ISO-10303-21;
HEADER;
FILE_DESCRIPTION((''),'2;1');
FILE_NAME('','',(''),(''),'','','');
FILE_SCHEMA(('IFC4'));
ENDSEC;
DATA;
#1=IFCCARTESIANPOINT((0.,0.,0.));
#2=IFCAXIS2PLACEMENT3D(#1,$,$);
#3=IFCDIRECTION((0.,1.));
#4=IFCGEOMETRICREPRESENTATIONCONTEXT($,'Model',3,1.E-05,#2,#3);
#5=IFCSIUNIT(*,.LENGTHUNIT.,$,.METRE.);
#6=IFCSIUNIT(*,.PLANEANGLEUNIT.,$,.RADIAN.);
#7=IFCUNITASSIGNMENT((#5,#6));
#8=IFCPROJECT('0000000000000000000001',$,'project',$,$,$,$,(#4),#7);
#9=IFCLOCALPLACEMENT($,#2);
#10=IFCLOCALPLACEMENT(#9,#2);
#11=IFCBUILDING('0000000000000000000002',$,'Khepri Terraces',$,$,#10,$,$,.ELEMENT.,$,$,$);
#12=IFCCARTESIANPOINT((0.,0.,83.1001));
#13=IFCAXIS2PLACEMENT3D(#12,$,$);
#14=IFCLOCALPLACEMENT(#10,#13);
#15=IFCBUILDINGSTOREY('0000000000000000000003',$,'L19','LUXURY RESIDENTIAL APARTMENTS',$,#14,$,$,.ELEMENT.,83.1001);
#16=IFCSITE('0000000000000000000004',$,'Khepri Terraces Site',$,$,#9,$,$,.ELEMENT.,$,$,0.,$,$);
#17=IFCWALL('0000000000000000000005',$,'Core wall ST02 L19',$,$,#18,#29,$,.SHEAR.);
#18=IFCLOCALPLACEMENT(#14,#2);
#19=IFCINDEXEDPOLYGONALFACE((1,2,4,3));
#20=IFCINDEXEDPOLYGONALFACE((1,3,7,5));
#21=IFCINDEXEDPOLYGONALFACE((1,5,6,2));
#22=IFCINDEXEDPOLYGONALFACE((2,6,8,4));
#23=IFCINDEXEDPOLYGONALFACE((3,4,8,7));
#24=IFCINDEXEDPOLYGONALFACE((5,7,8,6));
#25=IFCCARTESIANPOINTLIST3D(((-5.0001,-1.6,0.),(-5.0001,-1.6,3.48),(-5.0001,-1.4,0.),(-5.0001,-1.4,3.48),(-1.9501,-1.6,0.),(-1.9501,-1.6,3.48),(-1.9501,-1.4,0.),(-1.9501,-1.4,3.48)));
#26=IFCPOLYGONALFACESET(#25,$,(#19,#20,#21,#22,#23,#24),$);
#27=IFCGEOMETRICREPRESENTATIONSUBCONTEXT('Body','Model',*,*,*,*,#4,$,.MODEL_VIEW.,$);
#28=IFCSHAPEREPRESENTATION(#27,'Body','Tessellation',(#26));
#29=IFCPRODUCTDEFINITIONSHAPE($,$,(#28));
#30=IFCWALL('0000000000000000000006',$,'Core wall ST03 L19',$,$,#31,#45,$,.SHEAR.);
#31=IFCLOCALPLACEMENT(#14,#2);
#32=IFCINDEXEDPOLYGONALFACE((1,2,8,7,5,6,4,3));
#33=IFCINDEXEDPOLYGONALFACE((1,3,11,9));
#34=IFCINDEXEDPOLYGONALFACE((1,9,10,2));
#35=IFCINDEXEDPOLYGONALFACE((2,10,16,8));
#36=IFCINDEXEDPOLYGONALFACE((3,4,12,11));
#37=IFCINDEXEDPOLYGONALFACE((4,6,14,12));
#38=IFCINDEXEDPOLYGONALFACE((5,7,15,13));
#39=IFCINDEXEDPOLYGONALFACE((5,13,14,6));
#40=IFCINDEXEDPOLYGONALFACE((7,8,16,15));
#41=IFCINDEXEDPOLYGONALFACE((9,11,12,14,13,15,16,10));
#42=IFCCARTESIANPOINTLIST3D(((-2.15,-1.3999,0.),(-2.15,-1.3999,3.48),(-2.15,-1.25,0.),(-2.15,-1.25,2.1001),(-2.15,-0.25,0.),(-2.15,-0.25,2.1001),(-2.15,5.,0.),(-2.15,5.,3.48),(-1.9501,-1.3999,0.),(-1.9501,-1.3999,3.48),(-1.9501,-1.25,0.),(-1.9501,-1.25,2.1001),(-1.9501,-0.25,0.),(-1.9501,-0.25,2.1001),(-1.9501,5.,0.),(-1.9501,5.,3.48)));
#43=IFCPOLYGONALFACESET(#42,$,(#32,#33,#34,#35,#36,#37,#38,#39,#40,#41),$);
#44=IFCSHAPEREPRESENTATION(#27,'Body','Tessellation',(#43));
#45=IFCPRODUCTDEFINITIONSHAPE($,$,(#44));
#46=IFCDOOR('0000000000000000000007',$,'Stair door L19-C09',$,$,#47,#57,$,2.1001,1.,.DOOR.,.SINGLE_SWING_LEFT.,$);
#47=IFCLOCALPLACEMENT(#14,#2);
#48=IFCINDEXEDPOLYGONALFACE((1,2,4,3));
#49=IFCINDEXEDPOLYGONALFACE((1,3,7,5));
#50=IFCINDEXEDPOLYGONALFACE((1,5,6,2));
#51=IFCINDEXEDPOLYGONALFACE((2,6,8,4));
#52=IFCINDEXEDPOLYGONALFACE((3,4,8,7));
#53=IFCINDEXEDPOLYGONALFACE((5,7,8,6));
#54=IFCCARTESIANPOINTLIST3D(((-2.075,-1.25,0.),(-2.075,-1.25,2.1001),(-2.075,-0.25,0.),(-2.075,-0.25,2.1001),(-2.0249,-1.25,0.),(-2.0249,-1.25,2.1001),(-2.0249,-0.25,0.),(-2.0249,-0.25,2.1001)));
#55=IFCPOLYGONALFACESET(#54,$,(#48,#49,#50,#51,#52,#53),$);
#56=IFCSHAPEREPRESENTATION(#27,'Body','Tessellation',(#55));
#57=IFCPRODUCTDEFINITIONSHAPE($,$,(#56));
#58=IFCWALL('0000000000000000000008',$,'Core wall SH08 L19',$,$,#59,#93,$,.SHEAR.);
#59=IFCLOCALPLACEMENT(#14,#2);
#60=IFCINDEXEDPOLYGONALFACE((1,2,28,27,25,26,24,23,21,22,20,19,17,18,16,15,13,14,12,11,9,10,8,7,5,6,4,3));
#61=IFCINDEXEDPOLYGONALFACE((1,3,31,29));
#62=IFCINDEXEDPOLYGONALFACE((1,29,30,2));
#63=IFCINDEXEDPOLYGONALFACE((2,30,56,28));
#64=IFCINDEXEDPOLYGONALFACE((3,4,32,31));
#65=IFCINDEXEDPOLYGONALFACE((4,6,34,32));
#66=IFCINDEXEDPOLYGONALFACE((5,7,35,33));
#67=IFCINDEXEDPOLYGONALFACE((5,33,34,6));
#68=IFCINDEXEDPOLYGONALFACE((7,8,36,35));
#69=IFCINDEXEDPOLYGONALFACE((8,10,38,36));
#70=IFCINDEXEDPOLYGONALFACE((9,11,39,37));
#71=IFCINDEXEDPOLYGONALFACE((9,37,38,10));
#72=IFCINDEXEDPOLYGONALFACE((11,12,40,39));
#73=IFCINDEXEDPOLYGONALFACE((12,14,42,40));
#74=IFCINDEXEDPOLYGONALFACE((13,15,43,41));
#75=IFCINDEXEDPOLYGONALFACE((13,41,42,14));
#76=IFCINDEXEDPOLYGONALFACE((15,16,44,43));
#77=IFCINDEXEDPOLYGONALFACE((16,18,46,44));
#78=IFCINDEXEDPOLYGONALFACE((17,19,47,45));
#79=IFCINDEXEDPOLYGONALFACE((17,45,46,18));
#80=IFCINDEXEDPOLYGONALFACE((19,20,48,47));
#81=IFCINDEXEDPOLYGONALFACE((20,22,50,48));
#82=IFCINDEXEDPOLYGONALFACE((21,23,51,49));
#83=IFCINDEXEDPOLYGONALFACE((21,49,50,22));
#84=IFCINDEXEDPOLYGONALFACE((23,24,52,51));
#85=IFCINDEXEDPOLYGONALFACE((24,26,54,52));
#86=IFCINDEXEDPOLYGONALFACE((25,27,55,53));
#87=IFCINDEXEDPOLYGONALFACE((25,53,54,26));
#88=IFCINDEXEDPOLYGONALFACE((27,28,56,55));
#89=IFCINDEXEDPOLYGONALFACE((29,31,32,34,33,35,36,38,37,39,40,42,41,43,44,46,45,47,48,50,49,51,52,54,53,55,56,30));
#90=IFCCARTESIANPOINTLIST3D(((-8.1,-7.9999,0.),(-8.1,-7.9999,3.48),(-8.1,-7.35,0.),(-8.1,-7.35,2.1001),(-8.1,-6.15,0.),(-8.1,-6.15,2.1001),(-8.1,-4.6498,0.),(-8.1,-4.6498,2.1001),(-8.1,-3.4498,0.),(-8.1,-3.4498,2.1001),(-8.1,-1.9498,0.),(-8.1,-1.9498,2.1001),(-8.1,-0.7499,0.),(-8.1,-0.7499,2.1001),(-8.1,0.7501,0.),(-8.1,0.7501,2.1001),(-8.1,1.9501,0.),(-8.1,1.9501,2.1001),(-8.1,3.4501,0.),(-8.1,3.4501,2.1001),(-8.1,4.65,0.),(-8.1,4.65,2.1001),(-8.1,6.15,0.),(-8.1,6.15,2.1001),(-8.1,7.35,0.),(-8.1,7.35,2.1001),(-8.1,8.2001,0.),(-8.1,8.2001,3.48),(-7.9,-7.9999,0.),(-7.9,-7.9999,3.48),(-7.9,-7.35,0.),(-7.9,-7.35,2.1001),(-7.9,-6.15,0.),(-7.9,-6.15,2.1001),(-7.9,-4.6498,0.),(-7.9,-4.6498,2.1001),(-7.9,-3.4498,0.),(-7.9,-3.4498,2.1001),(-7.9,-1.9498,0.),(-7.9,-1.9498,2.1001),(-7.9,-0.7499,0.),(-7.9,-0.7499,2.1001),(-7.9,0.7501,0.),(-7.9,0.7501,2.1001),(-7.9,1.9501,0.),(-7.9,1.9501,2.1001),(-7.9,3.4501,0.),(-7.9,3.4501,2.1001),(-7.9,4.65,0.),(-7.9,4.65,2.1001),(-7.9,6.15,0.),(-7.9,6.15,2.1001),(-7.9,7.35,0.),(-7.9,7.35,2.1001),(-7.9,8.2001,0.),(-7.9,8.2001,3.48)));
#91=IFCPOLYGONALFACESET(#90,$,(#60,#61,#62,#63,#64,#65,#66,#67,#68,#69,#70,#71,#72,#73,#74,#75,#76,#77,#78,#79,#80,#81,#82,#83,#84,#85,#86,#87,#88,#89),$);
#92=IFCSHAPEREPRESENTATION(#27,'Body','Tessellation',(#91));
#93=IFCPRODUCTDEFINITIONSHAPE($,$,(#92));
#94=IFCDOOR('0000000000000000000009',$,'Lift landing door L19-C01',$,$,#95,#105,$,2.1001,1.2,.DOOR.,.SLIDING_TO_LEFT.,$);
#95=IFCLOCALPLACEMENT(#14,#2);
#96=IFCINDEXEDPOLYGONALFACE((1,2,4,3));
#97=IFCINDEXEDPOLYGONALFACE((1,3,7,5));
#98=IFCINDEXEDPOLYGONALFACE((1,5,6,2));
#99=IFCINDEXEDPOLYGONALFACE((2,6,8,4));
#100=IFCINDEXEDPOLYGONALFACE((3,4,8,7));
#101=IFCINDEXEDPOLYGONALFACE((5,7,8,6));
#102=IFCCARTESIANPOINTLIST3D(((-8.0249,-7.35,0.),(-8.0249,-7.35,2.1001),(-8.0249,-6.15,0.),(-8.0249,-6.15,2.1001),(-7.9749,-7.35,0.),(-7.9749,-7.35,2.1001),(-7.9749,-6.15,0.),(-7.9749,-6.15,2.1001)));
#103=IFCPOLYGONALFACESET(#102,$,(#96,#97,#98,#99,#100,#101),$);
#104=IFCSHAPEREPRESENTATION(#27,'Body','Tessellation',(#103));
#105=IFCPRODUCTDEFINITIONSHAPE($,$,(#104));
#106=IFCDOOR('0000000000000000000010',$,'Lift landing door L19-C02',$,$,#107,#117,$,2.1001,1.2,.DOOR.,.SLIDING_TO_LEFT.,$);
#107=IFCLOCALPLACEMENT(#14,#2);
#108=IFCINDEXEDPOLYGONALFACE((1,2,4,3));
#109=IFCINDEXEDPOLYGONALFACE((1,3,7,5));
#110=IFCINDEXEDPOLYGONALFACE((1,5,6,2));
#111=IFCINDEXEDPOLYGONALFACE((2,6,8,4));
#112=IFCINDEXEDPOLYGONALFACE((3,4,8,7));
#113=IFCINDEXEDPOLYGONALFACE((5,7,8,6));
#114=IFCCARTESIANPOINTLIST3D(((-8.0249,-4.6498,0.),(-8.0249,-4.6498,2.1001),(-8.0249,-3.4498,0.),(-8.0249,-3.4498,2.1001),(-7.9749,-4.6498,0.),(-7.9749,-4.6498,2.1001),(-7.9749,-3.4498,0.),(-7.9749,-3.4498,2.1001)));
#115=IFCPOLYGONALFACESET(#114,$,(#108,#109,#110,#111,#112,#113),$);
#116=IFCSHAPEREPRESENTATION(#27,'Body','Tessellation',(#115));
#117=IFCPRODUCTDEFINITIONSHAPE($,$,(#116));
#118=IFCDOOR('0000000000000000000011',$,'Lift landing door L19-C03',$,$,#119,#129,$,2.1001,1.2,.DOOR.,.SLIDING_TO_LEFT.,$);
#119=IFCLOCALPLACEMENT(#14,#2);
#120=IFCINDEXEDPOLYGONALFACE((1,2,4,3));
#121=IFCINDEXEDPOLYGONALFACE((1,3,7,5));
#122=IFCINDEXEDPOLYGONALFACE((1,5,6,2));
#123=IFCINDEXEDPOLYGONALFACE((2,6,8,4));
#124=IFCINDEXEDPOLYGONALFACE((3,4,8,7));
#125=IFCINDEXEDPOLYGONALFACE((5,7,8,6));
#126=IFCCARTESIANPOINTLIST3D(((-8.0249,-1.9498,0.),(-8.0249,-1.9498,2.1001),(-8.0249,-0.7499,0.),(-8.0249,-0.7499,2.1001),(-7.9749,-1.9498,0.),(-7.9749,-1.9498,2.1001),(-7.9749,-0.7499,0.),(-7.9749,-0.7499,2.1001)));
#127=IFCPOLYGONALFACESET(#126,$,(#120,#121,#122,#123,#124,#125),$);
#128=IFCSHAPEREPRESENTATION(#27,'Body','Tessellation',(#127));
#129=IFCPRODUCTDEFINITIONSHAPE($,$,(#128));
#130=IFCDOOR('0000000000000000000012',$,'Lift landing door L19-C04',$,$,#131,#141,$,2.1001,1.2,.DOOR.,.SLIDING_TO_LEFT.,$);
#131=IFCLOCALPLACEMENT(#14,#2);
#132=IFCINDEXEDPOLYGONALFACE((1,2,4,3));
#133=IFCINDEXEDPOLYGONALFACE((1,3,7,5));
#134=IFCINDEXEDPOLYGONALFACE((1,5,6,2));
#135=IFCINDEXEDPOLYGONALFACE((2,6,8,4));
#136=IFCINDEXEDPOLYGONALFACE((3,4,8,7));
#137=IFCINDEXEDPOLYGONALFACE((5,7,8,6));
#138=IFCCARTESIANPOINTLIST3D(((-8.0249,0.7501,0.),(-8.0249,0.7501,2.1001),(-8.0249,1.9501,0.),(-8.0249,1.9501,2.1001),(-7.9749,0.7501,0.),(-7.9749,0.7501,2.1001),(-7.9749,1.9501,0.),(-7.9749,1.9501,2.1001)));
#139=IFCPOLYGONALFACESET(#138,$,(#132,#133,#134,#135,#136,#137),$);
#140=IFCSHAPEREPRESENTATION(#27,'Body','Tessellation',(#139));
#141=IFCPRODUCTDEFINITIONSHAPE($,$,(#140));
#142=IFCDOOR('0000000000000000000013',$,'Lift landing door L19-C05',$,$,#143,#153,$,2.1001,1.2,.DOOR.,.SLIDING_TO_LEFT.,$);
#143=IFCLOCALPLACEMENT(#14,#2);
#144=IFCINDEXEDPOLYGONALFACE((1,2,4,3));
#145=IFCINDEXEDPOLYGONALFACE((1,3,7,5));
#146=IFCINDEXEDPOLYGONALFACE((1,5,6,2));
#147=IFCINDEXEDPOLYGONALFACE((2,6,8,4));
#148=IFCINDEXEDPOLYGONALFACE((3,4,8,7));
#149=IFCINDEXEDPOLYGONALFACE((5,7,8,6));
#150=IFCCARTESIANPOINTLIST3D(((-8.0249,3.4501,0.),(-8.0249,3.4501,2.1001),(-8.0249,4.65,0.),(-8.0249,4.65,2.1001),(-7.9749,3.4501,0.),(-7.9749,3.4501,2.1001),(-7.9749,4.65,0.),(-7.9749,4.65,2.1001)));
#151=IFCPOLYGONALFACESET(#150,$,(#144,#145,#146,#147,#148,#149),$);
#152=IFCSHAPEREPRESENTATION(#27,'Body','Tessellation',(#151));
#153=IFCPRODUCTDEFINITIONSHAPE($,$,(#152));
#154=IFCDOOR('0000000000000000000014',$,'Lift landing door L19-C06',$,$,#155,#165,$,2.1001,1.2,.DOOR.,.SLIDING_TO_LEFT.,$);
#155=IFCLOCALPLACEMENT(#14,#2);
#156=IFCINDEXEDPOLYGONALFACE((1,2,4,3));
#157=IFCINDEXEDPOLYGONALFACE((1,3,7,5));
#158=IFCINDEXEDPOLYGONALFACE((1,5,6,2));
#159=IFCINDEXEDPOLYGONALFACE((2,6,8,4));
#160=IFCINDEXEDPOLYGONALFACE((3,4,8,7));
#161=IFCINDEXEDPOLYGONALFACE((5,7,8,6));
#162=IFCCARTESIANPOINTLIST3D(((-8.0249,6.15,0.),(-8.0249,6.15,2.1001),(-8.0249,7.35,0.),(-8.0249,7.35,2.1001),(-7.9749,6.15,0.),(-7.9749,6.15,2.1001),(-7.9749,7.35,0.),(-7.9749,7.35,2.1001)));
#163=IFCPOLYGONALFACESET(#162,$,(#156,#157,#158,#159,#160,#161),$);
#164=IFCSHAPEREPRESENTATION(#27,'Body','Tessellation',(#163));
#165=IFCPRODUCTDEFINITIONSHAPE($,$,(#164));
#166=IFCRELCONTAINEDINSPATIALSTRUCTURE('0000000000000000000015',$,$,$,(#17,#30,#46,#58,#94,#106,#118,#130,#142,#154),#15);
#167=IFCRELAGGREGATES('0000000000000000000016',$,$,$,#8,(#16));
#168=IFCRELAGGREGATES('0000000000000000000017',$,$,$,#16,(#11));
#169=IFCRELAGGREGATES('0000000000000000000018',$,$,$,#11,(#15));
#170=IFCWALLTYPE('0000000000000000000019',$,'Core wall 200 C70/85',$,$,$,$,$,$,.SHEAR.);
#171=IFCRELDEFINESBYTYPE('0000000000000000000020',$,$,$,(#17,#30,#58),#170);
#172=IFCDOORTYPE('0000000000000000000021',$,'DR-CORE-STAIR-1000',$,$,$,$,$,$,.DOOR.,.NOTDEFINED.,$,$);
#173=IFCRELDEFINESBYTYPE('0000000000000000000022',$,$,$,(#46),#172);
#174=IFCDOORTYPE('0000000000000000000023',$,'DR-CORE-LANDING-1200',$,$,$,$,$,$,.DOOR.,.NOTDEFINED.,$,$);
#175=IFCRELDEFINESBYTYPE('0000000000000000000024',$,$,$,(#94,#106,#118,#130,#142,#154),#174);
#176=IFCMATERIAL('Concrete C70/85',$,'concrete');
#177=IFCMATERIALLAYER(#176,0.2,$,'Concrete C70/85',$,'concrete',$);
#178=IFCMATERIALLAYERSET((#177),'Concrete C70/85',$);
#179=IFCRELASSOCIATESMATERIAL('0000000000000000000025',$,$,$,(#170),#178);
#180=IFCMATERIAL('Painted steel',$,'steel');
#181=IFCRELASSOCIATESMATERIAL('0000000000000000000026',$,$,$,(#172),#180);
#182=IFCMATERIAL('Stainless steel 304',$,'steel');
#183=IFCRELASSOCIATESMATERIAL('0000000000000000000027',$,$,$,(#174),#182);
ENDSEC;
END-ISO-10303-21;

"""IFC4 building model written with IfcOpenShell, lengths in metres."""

from ifc_helpers import new_model, si_unit, direction, frame, frame_2d, origin, place, context, subcontext, project, spatial, rectangle, extrude, material, layer, layer_set, type_object, element, fill, save


model = new_model("IFC4")

# Units and contexts
model_context = context("Model", 3, precision=1e-05, world=origin(), true_north=direction((0.0, 1.0)))
body_context = subcontext(model_context, "Body", "Model", "MODEL_VIEW")
ifc_project = project(units=[si_unit("LENGTHUNIT", "METRE"), si_unit("PLANEANGLEUNIT", "RADIAN")], contexts=[model_context])

# Site, building, storey
site_placement = place(None, origin())
site = spatial("IfcSite", under=ifc_project, at=site_placement, Name="Khepri Terraces Site", CompositionType="ELEMENT", RefElevation=0.0)
building_placement = place(site_placement, origin())
building = spatial("IfcBuilding", under=site, at=building_placement, Name="Khepri Terraces", CompositionType="ELEMENT")
storey_placement = place(building_placement, frame((0.0, 0.0, 83.1001)))
storey = spatial("IfcBuildingStorey", under=building, at=storey_placement, Name="L19", Description="LUXURY RESIDENTIAL APARTMENTS", CompositionType="ELEMENT", Elevation=83.1001)

# Wall
ifc_material_1 = material(Name="Concrete C70/85", Category="concrete")
ifc_layer_1 = layer(ifc_material_1, 0.2, Name="Concrete C70/85", Category="concrete")
ifc_layer_set_1 = layer_set([ifc_layer_1], Name="Concrete C70/85")
wall_type_1 = type_object("IfcWallType", Name="Core wall 200 C70/85", PredefinedType="SHEAR", material=ifc_layer_set_1)
wall_1_placement = place(storey_placement, frame((-5.0, -1.5, 0.0), z_axis=(0.0, 0.0, 1.0), x_axis=(1.0, 0.0, 0.0)))
element("IfcWall", 1, at=wall_1_placement, inside=storey, type_object=wall_type_1, Name="Core wall ST02 L19", PredefinedType="SHEAR", context=body_context, shape_type="SweptSolid", body=[
    extrude(rectangle(XDim=3.05, YDim=0.2, at=frame_2d((1.5249, 0.0))), origin(), (0.0, 0.0, 1.0), 3.48),
])

# Wall, opening, door
wall_2_placement = place(storey_placement, frame((-2.05, -1.3999, 0.0), z_axis=(0.0, 0.0, 1.0), x_axis=(0.0, 1.0, 0.0)))
wall_2 = element("IfcWall", 2, at=wall_2_placement, inside=storey, type_object=wall_type_1, Name="Core wall ST03 L19", PredefinedType="SHEAR", context=body_context, shape_type="SweptSolid", body=[
    extrude(rectangle(XDim=6.3999, YDim=0.2, at=frame_2d((3.2, 0.0))), origin(), (0.0, 0.0, 1.0), 3.48),
])
opening_1_placement = place(wall_2_placement, frame((0.1499, 0.0, 0.0)))
opening_1 = element("IfcOpeningElement", 3, at=opening_1_placement, cuts=wall_2, PredefinedType="OPENING", context=body_context, shape_type="SweptSolid", body=[
    extrude(rectangle(XDim=1.0, YDim=2.1001, at=frame_2d((0.5, 1.05))), frame((0.0, 0.1099, 0.0), z_axis=(0.0, -1.0, 0.0), x_axis=(1.0, 0.0, 0.0)), (0.0, 0.0, 1.0), 0.22),
])
ifc_material_2 = material(Name="Painted steel", Category="steel")
door_type_1 = type_object("IfcDoorType", Name="DR-CORE-STAIR-1000", OperationType="NOTDEFINED", PredefinedType="DOOR", material=ifc_material_2)
door_1_placement = place(opening_1_placement, origin())
door_1 = element("IfcDoor", 4, at=door_1_placement, inside=storey, type_object=door_type_1, Name="Stair door L19-C09", OperationType="SINGLE_SWING_LEFT", OverallHeight=2.1001, OverallWidth=1.0, PredefinedType="DOOR", context=body_context, shape_type="SweptSolid", body=[
    extrude(rectangle(XDim=1.0, YDim=2.1001, at=frame_2d((0.5, 1.05))), frame((0.0, 0.0249, 0.0), z_axis=(0.0, -1.0, 0.0), x_axis=(1.0, 0.0, 0.0)), (0.0, 0.0, 1.0), 0.05),
])
fill(opening_1, door_1)

# Wall, openings, doors
wall_3_placement = place(storey_placement, frame((-8.0, -8.0, 0.0), z_axis=(0.0, 0.0, 1.0), x_axis=(0.0, 1.0, 0.0)))
wall_3 = element("IfcWall", 5, at=wall_3_placement, inside=storey, type_object=wall_type_1, Name="Core wall SH08 L19", PredefinedType="SHEAR", context=body_context, shape_type="SweptSolid", body=[
    extrude(rectangle(XDim=16.2, YDim=0.2, at=frame_2d((8.1001, 0.0))), origin(), (0.0, 0.0, 1.0), 3.48),
])
opening_2_placement = place(wall_3_placement, frame((0.6499, 0.0, 0.0)))
opening_2 = element("IfcOpeningElement", 6, at=opening_2_placement, cuts=wall_3, PredefinedType="OPENING", context=body_context, shape_type="SweptSolid", body=[
    extrude(rectangle(XDim=1.2, YDim=2.1001, at=frame_2d((0.6001, 1.05))), frame((0.0, 0.1099, 0.0), z_axis=(0.0, -1.0, 0.0), x_axis=(1.0, 0.0, 0.0)), (0.0, 0.0, 1.0), 0.22),
])
opening_3_placement = place(wall_3_placement, frame((3.3501, 0.0, 0.0)))
opening_3 = element("IfcOpeningElement", 7, at=opening_3_placement, cuts=wall_3, PredefinedType="OPENING", context=body_context, shape_type="SweptSolid", body=[
    extrude(rectangle(XDim=1.2, YDim=2.1001, at=frame_2d((0.6001, 1.05))), frame((0.0, 0.1099, 0.0), z_axis=(0.0, -1.0, 0.0), x_axis=(1.0, 0.0, 0.0)), (0.0, 0.0, 1.0), 0.22),
])
opening_4_placement = place(wall_3_placement, frame((6.05, 0.0, 0.0)))
opening_4 = element("IfcOpeningElement", 8, at=opening_4_placement, cuts=wall_3, PredefinedType="OPENING", context=body_context, shape_type="SweptSolid", body=[
    extrude(rectangle(XDim=1.2, YDim=2.1001, at=frame_2d((0.6001, 1.05))), frame((0.0, 0.1099, 0.0), z_axis=(0.0, -1.0, 0.0), x_axis=(1.0, 0.0, 0.0)), (0.0, 0.0, 1.0), 0.22),
])
opening_5_placement = place(wall_3_placement, frame((8.75, 0.0, 0.0)))
opening_5 = element("IfcOpeningElement", 9, at=opening_5_placement, cuts=wall_3, PredefinedType="OPENING", context=body_context, shape_type="SweptSolid", body=[
    extrude(rectangle(XDim=1.2, YDim=2.1001, at=frame_2d((0.6001, 1.05))), frame((0.0, 0.1099, 0.0), z_axis=(0.0, -1.0, 0.0), x_axis=(1.0, 0.0, 0.0)), (0.0, 0.0, 1.0), 0.22),
])
opening_6_placement = place(wall_3_placement, frame((11.45, 0.0, 0.0)))
opening_6 = element("IfcOpeningElement", 10, at=opening_6_placement, cuts=wall_3, PredefinedType="OPENING", context=body_context, shape_type="SweptSolid", body=[
    extrude(rectangle(XDim=1.2, YDim=2.1001, at=frame_2d((0.6001, 1.05))), frame((0.0, 0.1099, 0.0), z_axis=(0.0, -1.0, 0.0), x_axis=(1.0, 0.0, 0.0)), (0.0, 0.0, 1.0), 0.22),
])
opening_7_placement = place(wall_3_placement, frame((14.1499, 0.0, 0.0)))
opening_7 = element("IfcOpeningElement", 11, at=opening_7_placement, cuts=wall_3, PredefinedType="OPENING", context=body_context, shape_type="SweptSolid", body=[
    extrude(rectangle(XDim=1.2, YDim=2.1001, at=frame_2d((0.6001, 1.05))), frame((0.0, 0.1099, 0.0), z_axis=(0.0, -1.0, 0.0), x_axis=(1.0, 0.0, 0.0)), (0.0, 0.0, 1.0), 0.22),
])
ifc_material_3 = material(Name="Stainless steel 304", Category="steel")
door_type_2 = type_object("IfcDoorType", Name="DR-CORE-LANDING-1200", OperationType="NOTDEFINED", PredefinedType="DOOR", material=ifc_material_3)
door_2_placement = place(opening_2_placement, origin())
door_2 = element("IfcDoor", 12, at=door_2_placement, inside=storey, type_object=door_type_2, Name="Lift landing door L19-C01", OperationType="SLIDING_TO_LEFT", OverallHeight=2.1001, OverallWidth=1.2, PredefinedType="DOOR", context=body_context, shape_type="SweptSolid", body=[
    extrude(rectangle(XDim=1.2, YDim=2.1001, at=frame_2d((0.6001, 1.05))), frame((0.0, 0.0249, 0.0), z_axis=(0.0, -1.0, 0.0), x_axis=(1.0, 0.0, 0.0)), (0.0, 0.0, 1.0), 0.05),
])
fill(opening_2, door_2)
door_3_placement = place(opening_3_placement, origin())
door_3 = element("IfcDoor", 13, at=door_3_placement, inside=storey, type_object=door_type_2, Name="Lift landing door L19-C02", OperationType="SLIDING_TO_LEFT", OverallHeight=2.1001, OverallWidth=1.2, PredefinedType="DOOR", context=body_context, shape_type="SweptSolid", body=[
    extrude(rectangle(XDim=1.2, YDim=2.1001, at=frame_2d((0.6001, 1.05))), frame((0.0, 0.0249, 0.0), z_axis=(0.0, -1.0, 0.0), x_axis=(1.0, 0.0, 0.0)), (0.0, 0.0, 1.0), 0.05),
])
fill(opening_3, door_3)
door_4_placement = place(opening_4_placement, origin())
door_4 = element("IfcDoor", 14, at=door_4_placement, inside=storey, type_object=door_type_2, Name="Lift landing door L19-C03", OperationType="SLIDING_TO_LEFT", OverallHeight=2.1001, OverallWidth=1.2, PredefinedType="DOOR", context=body_context, shape_type="SweptSolid", body=[
    extrude(rectangle(XDim=1.2, YDim=2.1001, at=frame_2d((0.6001, 1.05))), frame((0.0, 0.0249, 0.0), z_axis=(0.0, -1.0, 0.0), x_axis=(1.0, 0.0, 0.0)), (0.0, 0.0, 1.0), 0.05),
])
fill(opening_4, door_4)
door_5_placement = place(opening_5_placement, origin())
door_5 = element("IfcDoor", 15, at=door_5_placement, inside=storey, type_object=door_type_2, Name="Lift landing door L19-C04", OperationType="SLIDING_TO_LEFT", OverallHeight=2.1001, OverallWidth=1.2, PredefinedType="DOOR", context=body_context, shape_type="SweptSolid", body=[
    extrude(rectangle(XDim=1.2, YDim=2.1001, at=frame_2d((0.6001, 1.05))), frame((0.0, 0.0249, 0.0), z_axis=(0.0, -1.0, 0.0), x_axis=(1.0, 0.0, 0.0)), (0.0, 0.0, 1.0), 0.05),
])
fill(opening_5, door_5)
door_6_placement = place(opening_6_placement, origin())
door_6 = element("IfcDoor", 16, at=door_6_placement, inside=storey, type_object=door_type_2, Name="Lift landing door L19-C05", OperationType="SLIDING_TO_LEFT", OverallHeight=2.1001, OverallWidth=1.2, PredefinedType="DOOR", context=body_context, shape_type="SweptSolid", body=[
    extrude(rectangle(XDim=1.2, YDim=2.1001, at=frame_2d((0.6001, 1.05))), frame((0.0, 0.0249, 0.0), z_axis=(0.0, -1.0, 0.0), x_axis=(1.0, 0.0, 0.0)), (0.0, 0.0, 1.0), 0.05),
])
fill(opening_6, door_6)
door_7_placement = place(opening_7_placement, origin())
door_7 = element("IfcDoor", 17, at=door_7_placement, inside=storey, type_object=door_type_2, Name="Lift landing door L19-C06", OperationType="SLIDING_TO_LEFT", OverallHeight=2.1001, OverallWidth=1.2, PredefinedType="DOOR", context=body_context, shape_type="SweptSolid", body=[
    extrude(rectangle(XDim=1.2, YDim=2.1001, at=frame_2d((0.6001, 1.05))), frame((0.0, 0.0249, 0.0), z_axis=(0.0, -1.0, 0.0), x_axis=(1.0, 0.0, 0.0)), (0.0, 0.0, 1.0), 0.05),
])
fill(opening_7, door_7)

save(model, "model.ifc")
